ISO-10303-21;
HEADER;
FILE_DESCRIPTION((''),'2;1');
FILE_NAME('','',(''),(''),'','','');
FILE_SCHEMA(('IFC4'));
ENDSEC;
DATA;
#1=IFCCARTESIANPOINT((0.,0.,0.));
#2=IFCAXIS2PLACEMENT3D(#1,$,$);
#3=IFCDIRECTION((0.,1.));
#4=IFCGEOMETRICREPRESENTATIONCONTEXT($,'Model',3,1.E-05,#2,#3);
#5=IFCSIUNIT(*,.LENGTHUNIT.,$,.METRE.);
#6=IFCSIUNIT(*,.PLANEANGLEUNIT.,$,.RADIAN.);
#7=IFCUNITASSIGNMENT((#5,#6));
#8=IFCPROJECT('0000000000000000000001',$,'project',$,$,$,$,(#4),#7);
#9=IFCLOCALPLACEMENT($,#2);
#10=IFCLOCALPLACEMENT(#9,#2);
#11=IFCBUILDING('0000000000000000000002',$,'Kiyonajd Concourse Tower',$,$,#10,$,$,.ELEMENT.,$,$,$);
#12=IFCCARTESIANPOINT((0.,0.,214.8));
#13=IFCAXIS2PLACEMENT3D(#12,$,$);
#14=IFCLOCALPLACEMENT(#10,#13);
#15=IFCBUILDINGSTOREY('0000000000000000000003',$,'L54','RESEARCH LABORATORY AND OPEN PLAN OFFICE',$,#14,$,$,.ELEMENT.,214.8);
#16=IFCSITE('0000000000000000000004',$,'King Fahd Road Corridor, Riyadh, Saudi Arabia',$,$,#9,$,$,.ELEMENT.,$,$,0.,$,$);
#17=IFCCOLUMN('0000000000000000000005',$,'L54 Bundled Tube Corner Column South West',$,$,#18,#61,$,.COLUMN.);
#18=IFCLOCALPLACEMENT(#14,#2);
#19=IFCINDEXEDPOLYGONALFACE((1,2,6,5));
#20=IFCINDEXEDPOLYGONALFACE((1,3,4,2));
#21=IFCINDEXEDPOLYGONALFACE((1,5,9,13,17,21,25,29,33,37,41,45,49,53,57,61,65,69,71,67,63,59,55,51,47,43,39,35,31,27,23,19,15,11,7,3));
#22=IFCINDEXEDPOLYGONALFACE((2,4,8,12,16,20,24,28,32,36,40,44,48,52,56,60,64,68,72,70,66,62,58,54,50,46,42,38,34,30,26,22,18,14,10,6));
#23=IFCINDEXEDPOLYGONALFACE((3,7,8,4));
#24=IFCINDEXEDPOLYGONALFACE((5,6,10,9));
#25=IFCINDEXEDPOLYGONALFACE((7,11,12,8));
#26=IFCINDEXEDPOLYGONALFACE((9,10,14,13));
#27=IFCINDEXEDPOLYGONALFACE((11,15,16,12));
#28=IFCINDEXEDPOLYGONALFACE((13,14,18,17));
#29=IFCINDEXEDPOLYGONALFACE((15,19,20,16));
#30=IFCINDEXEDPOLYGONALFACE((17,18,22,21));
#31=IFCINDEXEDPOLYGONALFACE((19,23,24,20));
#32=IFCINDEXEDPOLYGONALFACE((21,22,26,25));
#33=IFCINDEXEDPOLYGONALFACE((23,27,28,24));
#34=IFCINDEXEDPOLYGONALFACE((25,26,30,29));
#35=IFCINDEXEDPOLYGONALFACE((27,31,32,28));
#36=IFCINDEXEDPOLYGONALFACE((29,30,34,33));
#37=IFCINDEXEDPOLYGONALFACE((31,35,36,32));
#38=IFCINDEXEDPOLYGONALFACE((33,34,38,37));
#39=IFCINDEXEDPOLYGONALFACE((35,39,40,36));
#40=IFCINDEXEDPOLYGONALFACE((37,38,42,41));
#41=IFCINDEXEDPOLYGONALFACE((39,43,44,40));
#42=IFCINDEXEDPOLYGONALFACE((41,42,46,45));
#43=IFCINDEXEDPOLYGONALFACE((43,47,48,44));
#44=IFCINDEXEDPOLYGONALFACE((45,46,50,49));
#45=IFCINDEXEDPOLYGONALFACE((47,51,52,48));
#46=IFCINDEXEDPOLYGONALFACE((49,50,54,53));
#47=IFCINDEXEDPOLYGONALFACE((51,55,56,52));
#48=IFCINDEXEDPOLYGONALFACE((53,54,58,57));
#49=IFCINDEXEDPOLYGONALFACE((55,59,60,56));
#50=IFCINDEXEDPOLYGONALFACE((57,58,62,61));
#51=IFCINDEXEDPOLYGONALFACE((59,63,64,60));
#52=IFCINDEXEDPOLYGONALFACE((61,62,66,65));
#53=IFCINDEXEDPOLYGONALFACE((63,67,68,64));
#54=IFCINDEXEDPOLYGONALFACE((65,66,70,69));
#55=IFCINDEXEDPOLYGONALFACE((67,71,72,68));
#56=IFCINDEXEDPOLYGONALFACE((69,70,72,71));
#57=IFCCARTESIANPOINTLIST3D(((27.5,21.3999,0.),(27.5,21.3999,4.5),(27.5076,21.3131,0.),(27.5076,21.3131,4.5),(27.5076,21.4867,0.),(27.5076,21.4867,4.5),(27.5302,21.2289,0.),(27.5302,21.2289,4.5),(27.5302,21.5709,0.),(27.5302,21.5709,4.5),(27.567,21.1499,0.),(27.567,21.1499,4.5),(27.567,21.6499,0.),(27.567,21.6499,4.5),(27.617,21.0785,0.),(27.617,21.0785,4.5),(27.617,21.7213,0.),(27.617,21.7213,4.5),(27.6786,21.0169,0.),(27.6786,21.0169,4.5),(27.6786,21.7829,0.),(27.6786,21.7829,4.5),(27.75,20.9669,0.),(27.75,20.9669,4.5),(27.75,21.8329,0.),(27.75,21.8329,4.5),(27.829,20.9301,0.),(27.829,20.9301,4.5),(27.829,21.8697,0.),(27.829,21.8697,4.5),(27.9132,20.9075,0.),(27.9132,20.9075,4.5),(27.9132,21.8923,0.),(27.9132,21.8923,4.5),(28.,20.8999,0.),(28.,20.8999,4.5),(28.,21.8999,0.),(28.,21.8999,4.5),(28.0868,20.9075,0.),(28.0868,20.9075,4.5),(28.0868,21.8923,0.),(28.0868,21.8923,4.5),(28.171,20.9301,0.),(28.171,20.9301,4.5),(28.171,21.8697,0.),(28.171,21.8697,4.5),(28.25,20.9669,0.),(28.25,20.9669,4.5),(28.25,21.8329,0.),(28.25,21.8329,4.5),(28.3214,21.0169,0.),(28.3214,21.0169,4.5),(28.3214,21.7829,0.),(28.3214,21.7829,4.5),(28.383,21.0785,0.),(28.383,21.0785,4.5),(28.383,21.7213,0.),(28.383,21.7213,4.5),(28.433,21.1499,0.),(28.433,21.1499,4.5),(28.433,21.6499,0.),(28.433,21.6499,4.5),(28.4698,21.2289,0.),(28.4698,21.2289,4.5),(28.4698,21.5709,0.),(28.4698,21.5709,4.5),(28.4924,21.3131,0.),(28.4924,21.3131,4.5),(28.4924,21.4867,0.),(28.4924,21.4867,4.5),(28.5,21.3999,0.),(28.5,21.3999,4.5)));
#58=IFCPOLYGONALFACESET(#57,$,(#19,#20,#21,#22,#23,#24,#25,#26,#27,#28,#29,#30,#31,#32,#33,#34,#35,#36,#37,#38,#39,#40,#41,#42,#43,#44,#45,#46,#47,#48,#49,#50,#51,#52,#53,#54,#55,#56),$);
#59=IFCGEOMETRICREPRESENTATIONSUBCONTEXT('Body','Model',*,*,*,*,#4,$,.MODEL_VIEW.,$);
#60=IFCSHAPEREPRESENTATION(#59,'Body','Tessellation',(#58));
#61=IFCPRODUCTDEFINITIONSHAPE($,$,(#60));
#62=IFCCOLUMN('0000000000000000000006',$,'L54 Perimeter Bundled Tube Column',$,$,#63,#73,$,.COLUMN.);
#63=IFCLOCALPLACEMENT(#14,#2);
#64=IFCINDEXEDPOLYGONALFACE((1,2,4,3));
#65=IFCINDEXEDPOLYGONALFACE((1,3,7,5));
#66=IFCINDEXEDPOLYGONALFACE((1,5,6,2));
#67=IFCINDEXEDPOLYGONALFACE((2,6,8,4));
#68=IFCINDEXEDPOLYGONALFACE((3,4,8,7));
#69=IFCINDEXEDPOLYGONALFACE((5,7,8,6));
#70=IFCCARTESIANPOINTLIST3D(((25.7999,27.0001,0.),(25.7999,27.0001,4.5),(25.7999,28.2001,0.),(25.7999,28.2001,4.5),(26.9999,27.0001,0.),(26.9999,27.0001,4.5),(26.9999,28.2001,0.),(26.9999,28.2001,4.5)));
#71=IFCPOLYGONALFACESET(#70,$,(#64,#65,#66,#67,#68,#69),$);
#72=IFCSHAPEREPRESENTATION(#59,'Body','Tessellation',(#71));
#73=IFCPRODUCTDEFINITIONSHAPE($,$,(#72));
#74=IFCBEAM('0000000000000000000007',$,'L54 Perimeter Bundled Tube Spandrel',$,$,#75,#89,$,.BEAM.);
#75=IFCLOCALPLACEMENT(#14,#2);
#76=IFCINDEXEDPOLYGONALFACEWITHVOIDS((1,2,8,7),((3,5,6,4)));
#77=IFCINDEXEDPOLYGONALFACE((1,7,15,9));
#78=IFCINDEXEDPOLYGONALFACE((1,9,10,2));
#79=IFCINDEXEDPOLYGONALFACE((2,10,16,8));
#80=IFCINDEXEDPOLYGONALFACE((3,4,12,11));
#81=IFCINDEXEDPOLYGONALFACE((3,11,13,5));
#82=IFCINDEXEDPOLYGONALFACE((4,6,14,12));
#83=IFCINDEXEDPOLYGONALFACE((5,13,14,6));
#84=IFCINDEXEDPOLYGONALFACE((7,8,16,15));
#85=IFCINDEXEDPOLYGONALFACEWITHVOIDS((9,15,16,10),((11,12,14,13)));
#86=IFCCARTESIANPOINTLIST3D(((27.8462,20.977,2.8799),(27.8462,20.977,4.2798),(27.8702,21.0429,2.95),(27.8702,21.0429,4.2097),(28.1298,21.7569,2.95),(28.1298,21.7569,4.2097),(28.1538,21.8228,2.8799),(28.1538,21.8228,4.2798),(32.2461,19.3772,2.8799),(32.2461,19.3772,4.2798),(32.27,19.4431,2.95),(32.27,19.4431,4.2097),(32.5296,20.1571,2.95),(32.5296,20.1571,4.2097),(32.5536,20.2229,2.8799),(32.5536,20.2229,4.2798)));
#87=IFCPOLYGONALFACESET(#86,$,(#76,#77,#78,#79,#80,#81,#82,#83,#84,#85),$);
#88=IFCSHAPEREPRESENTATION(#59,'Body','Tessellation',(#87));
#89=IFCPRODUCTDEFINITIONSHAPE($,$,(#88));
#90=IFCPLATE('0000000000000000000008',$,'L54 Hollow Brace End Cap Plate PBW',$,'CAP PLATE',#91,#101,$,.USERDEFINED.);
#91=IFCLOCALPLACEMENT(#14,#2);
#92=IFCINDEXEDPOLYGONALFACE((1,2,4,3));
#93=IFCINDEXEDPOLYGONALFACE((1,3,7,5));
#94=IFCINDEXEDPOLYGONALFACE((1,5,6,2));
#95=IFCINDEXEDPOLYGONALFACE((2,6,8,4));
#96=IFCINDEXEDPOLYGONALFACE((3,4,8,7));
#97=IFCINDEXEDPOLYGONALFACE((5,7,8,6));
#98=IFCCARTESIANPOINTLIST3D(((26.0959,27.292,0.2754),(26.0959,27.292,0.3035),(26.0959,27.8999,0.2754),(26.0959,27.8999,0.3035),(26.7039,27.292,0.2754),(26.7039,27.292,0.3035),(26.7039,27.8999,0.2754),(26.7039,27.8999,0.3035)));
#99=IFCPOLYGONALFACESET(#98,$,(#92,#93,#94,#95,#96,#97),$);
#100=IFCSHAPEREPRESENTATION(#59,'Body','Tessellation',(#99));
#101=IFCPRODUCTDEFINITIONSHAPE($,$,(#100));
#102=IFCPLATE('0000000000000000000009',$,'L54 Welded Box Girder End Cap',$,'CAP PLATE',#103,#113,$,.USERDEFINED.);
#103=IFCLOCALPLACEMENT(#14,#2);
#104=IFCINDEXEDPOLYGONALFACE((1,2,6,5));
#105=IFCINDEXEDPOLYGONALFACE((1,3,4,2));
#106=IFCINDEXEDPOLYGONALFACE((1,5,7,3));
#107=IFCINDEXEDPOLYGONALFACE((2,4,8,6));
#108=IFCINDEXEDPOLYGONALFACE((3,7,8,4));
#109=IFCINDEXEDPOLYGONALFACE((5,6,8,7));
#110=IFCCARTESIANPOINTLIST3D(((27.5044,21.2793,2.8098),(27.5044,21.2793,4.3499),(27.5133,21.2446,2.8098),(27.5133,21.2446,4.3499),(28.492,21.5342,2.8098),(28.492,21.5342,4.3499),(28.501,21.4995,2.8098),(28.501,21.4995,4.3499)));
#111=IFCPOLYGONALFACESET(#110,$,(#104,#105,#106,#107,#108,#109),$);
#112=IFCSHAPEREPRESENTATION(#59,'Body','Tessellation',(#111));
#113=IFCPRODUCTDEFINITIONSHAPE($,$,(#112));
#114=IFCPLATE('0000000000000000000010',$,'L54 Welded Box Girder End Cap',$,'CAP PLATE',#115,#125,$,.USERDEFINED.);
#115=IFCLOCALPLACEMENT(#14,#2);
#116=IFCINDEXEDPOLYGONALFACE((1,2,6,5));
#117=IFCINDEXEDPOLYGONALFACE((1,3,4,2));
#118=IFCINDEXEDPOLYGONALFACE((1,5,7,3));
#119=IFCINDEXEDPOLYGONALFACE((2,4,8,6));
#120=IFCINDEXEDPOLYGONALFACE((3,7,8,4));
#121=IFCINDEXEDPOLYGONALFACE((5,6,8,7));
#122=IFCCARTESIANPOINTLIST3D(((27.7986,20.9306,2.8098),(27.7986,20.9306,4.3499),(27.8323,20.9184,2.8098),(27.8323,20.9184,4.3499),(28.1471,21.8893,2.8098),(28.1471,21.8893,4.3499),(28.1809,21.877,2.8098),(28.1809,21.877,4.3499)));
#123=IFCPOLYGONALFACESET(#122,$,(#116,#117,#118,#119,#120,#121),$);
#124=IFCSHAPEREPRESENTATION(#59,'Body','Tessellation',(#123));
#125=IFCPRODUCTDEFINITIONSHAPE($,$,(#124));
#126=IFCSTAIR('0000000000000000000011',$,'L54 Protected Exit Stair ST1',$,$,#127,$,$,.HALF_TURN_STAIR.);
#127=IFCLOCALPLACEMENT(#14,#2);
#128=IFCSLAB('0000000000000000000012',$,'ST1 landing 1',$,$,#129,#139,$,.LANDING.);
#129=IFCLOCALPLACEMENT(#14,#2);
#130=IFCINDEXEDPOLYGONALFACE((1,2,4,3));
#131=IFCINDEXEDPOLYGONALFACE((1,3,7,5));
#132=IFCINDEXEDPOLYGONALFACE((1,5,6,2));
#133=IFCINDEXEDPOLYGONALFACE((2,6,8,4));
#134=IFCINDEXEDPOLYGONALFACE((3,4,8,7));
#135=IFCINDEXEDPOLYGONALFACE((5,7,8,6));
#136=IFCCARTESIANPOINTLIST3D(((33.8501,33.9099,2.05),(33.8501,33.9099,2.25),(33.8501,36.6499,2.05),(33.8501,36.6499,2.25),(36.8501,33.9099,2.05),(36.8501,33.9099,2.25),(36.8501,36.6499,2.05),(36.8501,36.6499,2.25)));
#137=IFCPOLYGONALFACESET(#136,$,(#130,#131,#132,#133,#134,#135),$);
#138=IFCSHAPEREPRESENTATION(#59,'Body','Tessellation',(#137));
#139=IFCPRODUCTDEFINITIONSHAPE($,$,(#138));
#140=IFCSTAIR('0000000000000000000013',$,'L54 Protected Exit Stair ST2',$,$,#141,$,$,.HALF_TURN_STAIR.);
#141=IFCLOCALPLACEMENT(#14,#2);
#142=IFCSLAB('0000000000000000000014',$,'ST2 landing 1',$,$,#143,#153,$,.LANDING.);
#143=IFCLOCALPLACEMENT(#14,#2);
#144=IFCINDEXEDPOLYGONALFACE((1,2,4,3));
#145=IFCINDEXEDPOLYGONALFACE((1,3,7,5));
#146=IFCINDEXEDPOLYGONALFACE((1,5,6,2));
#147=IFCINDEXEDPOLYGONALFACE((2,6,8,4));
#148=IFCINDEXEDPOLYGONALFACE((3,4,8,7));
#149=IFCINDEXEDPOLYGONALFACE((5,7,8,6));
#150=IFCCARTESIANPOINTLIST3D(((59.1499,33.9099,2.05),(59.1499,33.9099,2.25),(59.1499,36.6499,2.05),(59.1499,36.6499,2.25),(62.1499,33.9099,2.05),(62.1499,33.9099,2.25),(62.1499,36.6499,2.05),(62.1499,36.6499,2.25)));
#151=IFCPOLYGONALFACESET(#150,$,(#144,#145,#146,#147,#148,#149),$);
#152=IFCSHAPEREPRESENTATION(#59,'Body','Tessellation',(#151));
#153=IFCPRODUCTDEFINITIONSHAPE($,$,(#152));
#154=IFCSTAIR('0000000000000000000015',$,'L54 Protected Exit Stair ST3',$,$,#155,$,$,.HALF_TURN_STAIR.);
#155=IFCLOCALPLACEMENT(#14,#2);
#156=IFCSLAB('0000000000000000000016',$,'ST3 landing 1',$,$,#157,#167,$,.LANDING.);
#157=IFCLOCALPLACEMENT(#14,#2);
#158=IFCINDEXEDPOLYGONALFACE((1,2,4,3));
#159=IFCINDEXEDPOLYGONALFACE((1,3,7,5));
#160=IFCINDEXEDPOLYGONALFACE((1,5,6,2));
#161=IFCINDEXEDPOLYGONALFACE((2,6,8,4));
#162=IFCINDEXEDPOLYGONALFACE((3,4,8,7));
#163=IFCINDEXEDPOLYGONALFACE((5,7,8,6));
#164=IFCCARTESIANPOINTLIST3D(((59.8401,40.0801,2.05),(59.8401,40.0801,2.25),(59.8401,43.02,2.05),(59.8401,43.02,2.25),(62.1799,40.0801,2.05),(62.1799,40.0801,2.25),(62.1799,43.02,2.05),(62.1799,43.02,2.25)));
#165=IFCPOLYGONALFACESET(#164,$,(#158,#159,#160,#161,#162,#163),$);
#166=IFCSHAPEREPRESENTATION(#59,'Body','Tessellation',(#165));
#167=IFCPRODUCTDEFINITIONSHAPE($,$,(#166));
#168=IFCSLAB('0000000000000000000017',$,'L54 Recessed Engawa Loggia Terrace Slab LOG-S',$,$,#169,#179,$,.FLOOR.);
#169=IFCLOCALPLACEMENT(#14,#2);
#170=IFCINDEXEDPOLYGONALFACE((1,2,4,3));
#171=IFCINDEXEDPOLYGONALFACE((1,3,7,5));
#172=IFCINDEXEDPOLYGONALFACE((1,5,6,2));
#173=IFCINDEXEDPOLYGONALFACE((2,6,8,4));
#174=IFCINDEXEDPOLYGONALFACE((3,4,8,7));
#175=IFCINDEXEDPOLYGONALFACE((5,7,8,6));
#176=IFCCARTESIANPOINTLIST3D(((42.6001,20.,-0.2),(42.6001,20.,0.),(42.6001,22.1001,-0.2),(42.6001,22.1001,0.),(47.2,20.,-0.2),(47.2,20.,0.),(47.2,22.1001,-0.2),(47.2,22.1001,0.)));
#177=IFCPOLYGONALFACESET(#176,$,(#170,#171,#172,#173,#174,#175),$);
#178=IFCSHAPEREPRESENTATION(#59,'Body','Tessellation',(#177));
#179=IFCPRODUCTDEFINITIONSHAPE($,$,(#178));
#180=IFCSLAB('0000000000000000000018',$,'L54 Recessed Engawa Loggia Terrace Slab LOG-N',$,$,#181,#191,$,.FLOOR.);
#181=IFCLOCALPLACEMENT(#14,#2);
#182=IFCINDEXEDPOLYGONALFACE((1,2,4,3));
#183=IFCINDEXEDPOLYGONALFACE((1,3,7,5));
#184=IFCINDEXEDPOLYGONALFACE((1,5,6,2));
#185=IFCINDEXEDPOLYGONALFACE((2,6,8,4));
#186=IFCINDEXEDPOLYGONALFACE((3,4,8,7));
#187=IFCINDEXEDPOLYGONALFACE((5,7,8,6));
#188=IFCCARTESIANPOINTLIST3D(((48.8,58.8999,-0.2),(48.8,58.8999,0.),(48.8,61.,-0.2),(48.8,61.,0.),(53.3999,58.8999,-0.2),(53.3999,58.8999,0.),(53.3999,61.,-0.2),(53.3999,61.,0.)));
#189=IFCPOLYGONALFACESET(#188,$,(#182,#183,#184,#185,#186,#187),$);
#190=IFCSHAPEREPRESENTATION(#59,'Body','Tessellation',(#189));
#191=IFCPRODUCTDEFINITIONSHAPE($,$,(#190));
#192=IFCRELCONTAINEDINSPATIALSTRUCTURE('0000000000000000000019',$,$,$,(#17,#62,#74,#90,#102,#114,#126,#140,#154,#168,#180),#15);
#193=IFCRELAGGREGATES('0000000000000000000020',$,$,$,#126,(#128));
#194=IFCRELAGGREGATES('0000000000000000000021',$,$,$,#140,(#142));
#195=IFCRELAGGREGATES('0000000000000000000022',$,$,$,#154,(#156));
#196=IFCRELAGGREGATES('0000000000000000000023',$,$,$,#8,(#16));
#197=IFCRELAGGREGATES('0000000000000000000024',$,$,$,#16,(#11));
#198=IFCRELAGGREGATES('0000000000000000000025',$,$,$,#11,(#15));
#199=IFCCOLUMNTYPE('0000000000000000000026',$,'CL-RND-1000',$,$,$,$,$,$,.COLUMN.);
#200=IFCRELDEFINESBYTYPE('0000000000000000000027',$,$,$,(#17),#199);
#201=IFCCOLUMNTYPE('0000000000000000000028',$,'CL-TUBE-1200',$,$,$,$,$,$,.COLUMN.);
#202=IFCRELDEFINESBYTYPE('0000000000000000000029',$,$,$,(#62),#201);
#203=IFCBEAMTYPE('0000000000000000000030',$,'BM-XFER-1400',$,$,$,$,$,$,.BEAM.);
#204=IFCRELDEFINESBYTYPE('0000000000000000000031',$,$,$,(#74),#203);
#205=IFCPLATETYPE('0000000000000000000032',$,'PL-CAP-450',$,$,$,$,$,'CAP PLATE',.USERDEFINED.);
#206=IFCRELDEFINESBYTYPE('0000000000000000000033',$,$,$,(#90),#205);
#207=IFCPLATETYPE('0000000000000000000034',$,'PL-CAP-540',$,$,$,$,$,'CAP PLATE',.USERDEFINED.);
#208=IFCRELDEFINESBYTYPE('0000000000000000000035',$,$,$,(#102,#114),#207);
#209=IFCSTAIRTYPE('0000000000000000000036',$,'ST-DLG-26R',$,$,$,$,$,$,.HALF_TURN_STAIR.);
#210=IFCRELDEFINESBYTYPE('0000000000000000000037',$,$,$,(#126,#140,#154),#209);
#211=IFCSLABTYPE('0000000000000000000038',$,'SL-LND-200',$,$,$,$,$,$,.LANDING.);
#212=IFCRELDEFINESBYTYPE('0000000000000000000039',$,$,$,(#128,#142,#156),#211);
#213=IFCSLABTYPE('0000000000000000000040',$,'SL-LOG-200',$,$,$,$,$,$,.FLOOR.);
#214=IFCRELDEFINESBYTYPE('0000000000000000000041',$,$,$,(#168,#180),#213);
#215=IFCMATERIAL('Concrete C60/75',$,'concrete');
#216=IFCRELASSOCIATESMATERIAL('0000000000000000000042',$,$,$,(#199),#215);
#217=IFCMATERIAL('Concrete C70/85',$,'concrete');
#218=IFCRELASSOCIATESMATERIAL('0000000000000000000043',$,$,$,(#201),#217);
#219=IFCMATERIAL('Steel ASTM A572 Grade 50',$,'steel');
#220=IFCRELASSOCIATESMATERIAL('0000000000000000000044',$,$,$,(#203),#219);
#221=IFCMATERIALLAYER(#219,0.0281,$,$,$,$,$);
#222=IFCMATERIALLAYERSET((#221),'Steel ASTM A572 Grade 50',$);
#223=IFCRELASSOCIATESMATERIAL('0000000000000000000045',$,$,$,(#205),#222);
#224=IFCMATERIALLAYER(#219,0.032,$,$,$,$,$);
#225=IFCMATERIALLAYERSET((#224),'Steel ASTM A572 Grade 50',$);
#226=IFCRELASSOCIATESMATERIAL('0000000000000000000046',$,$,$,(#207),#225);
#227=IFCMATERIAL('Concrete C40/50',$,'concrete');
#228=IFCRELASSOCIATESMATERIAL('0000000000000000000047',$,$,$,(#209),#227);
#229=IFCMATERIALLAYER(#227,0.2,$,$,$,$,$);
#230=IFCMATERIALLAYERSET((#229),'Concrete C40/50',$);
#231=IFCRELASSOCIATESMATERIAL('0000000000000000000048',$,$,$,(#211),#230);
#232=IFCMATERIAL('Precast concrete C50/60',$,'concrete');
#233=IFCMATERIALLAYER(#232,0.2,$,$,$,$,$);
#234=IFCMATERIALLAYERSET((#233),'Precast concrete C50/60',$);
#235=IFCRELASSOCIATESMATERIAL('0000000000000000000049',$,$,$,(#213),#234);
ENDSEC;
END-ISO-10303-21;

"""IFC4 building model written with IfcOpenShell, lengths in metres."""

from ifc_helpers import new_model, si_unit, direction, frame, origin, origin_2d, place, context, subcontext, project, spatial, polyline, rectangle, hollow_rectangle, circle, outline, extrude, material, layer, layer_set, material_profile, profile_set, type_object, element, aggregate, save


model = new_model("IFC4")

# Units and contexts
model_context = context("Model", 3, precision=1e-05, world=origin(), true_north=direction((0.0, 1.0)))
body_context = subcontext(model_context, "Body", "Model", "MODEL_VIEW")
ifc_project = project(units=[si_unit("LENGTHUNIT", "METRE"), si_unit("PLANEANGLEUNIT", "RADIAN")], contexts=[model_context])

# Site, building, storey
site_placement = place(None, origin())
site = spatial("IfcSite", under=ifc_project, at=site_placement, Name="King Fahd Road Corridor, Riyadh, Saudi Arabia", CompositionType="ELEMENT", RefElevation=0.0)
building_placement = place(site_placement, origin())
building = spatial("IfcBuilding", under=site, at=building_placement, Name="Kiyonajd Concourse Tower", CompositionType="ELEMENT")
storey_placement = place(building_placement, frame((0.0, 0.0, 214.8)))
storey = spatial("IfcBuildingStorey", under=building, at=storey_placement, Name="L54", Description="RESEARCH LABORATORY AND OPEN PLAN OFFICE", CompositionType="ELEMENT", Elevation=214.8)

# Columns
ifc_material_1 = material(Name="Concrete C60/75", Category="concrete")
ifc_material_profile_1 = material_profile(ifc_material_1, circle(Radius=0.5, at=origin_2d()), Name="RCC-D1000")
ifc_profile_set_1 = profile_set([ifc_material_profile_1], Name="Concrete C60/75")
column_type_1 = type_object("IfcColumnType", Name="CL-RND-1000", PredefinedType="COLUMN", material=ifc_profile_set_1)
column_1_placement = place(storey_placement, frame((28.0, 21.3999, 0.0), z_axis=(0.0, 0.0, 1.0), x_axis=(1.0, 0.0, 0.0)))
element("IfcColumn", 1, at=column_1_placement, inside=storey, type_object=column_type_1, Name="L54 Bundled Tube Corner Column South West", PredefinedType="COLUMN", context=body_context, shape_type="SweptSolid", body=[
    extrude(circle(Radius=0.5, at=origin_2d()), origin(), (0.0, 0.0, 1.0), 4.5),
])
ifc_material_2 = material(Name="Concrete C70/85", Category="concrete")
ifc_material_profile_2 = material_profile(ifc_material_2, rectangle(XDim=1.2, YDim=1.2, at=origin_2d()), Name="RC-1200x1200")
ifc_profile_set_2 = profile_set([ifc_material_profile_2], Name="Concrete C70/85")
column_type_2 = type_object("IfcColumnType", Name="CL-TUBE-1200", PredefinedType="COLUMN", material=ifc_profile_set_2)
column_2_placement = place(storey_placement, frame((26.3999, 27.6001, 0.0), z_axis=(0.0, 0.0, 1.0), x_axis=(1.0, 0.0, 0.0)))
element("IfcColumn", 2, at=column_2_placement, inside=storey, type_object=column_type_2, Name="L54 Perimeter Bundled Tube Column", PredefinedType="COLUMN", context=body_context, shape_type="SweptSolid", body=[
    extrude(rectangle(XDim=1.2, YDim=1.2, at=origin_2d()), origin(), (0.0, 0.0, 1.0), 4.5),
])

# Beam
ifc_material_3 = material(Name="Steel ASTM A572 Grade 50", Category="steel")
ifc_material_profile_3 = material_profile(ifc_material_3, hollow_rectangle(XDim=0.8999, YDim=1.3999, WallThickness=0.0701, at=origin_2d()), Name="BOX-1400x900x70")
ifc_profile_set_3 = profile_set([ifc_material_profile_3], Name="Steel ASTM A572 Grade 50")
beam_type = type_object("IfcBeamType", Name="BM-XFER-1400", PredefinedType="BEAM", material=ifc_profile_set_3)
beam_placement = place(storey_placement, frame((28.0, 21.3999, 3.5798), z_axis=(0.939801, -0.341722, 0.0), x_axis=(0.341722, 0.939801, 0.0)))
element("IfcBeam", 3, at=beam_placement, inside=storey, type_object=beam_type, Name="L54 Perimeter Bundled Tube Spandrel", PredefinedType="BEAM", context=body_context, shape_type="SweptSolid", body=[
    extrude(hollow_rectangle(XDim=0.8999, YDim=1.3999, WallThickness=0.0701, at=origin_2d()), origin(), (0.0, 0.0, 1.0), 4.6816),
])

# Plates
ifc_layer_1 = layer(ifc_material_3, 0.0281)
ifc_layer_set_1 = layer_set([ifc_layer_1], Name="Steel ASTM A572 Grade 50")
plate_type_1 = type_object("IfcPlateType", Name="PL-CAP-450", ElementType="CAP PLATE", PredefinedType="USERDEFINED", material=ifc_layer_set_1)
plate_placement = place(storey_placement, frame((26.3999, 27.5959, 0.2754), z_axis=(0.0, 0.0, 1.0), x_axis=(1.0, 0.0, 0.0)))
element("IfcPlate", 4, at=plate_placement, inside=storey, type_object=plate_type_1, Name="L54 Hollow Brace End Cap Plate PBW", ObjectType="CAP PLATE", PredefinedType="USERDEFINED", context=body_context, shape_type="SweptSolid", body=[
    extrude(rectangle(XDim=0.6079, YDim=0.6079, at=origin_2d()), origin(), (0.0, 0.0, 1.0), 0.0281),
])
ifc_layer_2 = layer(ifc_material_3, 0.032)
ifc_layer_set_2 = layer_set([ifc_layer_2], Name="Steel ASTM A572 Grade 50")
plate_type_2 = type_object("IfcPlateType", Name="PL-CAP-540", ElementType="CAP PLATE", PredefinedType="USERDEFINED", material=ifc_layer_set_2)
for number, where, z_axis, x_axis, name in (
    (5, (28.0027, 21.3894, 2.8098), (0.0, 0.0, 1.0), (0.249873, -0.968279, 0.0), "L54 Welded Box Girder End Cap"),
    (6, (27.9897, 21.4038, 2.8098), (0.0, 0.0, 1.0), (-0.939812, 0.341692, 0.0), "L54 Welded Box Girder End Cap"),
):
    element("IfcPlate", number, at=place(storey_placement, frame(where, z_axis=z_axis, x_axis=x_axis)), inside=storey, type_object=plate_type_2, Name=name, ObjectType="CAP PLATE", PredefinedType="USERDEFINED", context=body_context, shape_type="SweptSolid", body=[
        extrude(rectangle(XDim=0.0359, YDim=1.02, at=origin_2d()), origin(), (0.0, 0.0, 1.0), 1.54),
    ])

# Stairs, slabs
ifc_material_4 = material(Name="Concrete C40/50", Category="concrete")
stair_type = type_object("IfcStairType", Name="ST-DLG-26R", PredefinedType="HALF_TURN_STAIR", material=ifc_material_4)
stair_1_placement = place(storey_placement, origin())
stair_1 = element("IfcStair", 7, at=stair_1_placement, inside=storey, type_object=stair_type, Name="L54 Protected Exit Stair ST1", PredefinedType="HALF_TURN_STAIR")
ifc_layer_3 = layer(ifc_material_4, 0.2)
ifc_layer_set_3 = layer_set([ifc_layer_3], Name="Concrete C40/50")
slab_type_1 = type_object("IfcSlabType", Name="SL-LND-200", PredefinedType="LANDING", material=ifc_layer_set_3)
slab_1_placement = place(storey_placement, frame((0.0, 0.0, 2.05)))
slab_1 = element("IfcSlab", 8, at=slab_1_placement, type_object=slab_type_1, Name="ST1 landing 1", PredefinedType="LANDING", context=body_context, shape_type="SweptSolid", body=[
    extrude(outline(polyline([(36.8501, 33.9099), (36.8501, 36.6499), (33.8501, 36.6499), (33.8501, 33.9099), (36.8501, 33.9099)])), origin(), (0.0, 0.0, 1.0), 0.2),
])
aggregate(stair_1, [slab_1])
stair_2_placement = place(storey_placement, origin())
stair_2 = element("IfcStair", 9, at=stair_2_placement, inside=storey, type_object=stair_type, Name="L54 Protected Exit Stair ST2", PredefinedType="HALF_TURN_STAIR")
slab_2_placement = place(storey_placement, frame((0.0, 0.0, 2.05)))
slab_2 = element("IfcSlab", 10, at=slab_2_placement, type_object=slab_type_1, Name="ST2 landing 1", PredefinedType="LANDING", context=body_context, shape_type="SweptSolid", body=[
    extrude(outline(polyline([(62.1499, 33.9099), (62.1499, 36.6499), (59.1499, 36.6499), (59.1499, 33.9099), (62.1499, 33.9099)])), origin(), (0.0, 0.0, 1.0), 0.2),
])
aggregate(stair_2, [slab_2])
stair_3_placement = place(storey_placement, origin())
stair_3 = element("IfcStair", 11, at=stair_3_placement, inside=storey, type_object=stair_type, Name="L54 Protected Exit Stair ST3", PredefinedType="HALF_TURN_STAIR")
slab_3_placement = place(storey_placement, frame((0.0, 0.0, 2.05)))
slab_3 = element("IfcSlab", 12, at=slab_3_placement, type_object=slab_type_1, Name="ST3 landing 1", PredefinedType="LANDING", context=body_context, shape_type="SweptSolid", body=[
    extrude(outline(polyline([(59.8401, 40.0801), (62.1799, 40.0801), (62.1799, 43.02), (59.8401, 43.02), (59.8401, 40.0801)])), origin(), (0.0, 0.0, 1.0), 0.2),
])
aggregate(stair_3, [slab_3])

# Slabs
ifc_material_5 = material(Name="Precast concrete C50/60", Category="concrete")
ifc_layer_4 = layer(ifc_material_5, 0.2)
ifc_layer_set_4 = layer_set([ifc_layer_4], Name="Precast concrete C50/60")
slab_type_2 = type_object("IfcSlabType", Name="SL-LOG-200", PredefinedType="FLOOR", material=ifc_layer_set_4)
slab_4_placement = place(storey_placement, frame((0.0, 0.0, -0.2)))
element("IfcSlab", 13, at=slab_4_placement, inside=storey, type_object=slab_type_2, Name="L54 Recessed Engawa Loggia Terrace Slab LOG-S", PredefinedType="FLOOR", context=body_context, shape_type="SweptSolid", body=[
    extrude(outline(polyline([(42.6001, 20.0), (47.2, 20.0), (47.2, 22.1001), (42.6001, 22.1001), (42.6001, 20.0)])), origin(), (0.0, 0.0, 1.0), 0.2),
])
slab_5_placement = place(storey_placement, frame((0.0, 0.0, -0.2)))
element("IfcSlab", 14, at=slab_5_placement, inside=storey, type_object=slab_type_2, Name="L54 Recessed Engawa Loggia Terrace Slab LOG-N", PredefinedType="FLOOR", context=body_context, shape_type="SweptSolid", body=[
    extrude(outline(polyline([(48.8, 58.8999), (53.3999, 58.8999), (53.3999, 61.0), (48.8, 61.0), (48.8, 58.8999)])), origin(), (0.0, 0.0, 1.0), 0.2),
])

save(model, "model.ifc")
